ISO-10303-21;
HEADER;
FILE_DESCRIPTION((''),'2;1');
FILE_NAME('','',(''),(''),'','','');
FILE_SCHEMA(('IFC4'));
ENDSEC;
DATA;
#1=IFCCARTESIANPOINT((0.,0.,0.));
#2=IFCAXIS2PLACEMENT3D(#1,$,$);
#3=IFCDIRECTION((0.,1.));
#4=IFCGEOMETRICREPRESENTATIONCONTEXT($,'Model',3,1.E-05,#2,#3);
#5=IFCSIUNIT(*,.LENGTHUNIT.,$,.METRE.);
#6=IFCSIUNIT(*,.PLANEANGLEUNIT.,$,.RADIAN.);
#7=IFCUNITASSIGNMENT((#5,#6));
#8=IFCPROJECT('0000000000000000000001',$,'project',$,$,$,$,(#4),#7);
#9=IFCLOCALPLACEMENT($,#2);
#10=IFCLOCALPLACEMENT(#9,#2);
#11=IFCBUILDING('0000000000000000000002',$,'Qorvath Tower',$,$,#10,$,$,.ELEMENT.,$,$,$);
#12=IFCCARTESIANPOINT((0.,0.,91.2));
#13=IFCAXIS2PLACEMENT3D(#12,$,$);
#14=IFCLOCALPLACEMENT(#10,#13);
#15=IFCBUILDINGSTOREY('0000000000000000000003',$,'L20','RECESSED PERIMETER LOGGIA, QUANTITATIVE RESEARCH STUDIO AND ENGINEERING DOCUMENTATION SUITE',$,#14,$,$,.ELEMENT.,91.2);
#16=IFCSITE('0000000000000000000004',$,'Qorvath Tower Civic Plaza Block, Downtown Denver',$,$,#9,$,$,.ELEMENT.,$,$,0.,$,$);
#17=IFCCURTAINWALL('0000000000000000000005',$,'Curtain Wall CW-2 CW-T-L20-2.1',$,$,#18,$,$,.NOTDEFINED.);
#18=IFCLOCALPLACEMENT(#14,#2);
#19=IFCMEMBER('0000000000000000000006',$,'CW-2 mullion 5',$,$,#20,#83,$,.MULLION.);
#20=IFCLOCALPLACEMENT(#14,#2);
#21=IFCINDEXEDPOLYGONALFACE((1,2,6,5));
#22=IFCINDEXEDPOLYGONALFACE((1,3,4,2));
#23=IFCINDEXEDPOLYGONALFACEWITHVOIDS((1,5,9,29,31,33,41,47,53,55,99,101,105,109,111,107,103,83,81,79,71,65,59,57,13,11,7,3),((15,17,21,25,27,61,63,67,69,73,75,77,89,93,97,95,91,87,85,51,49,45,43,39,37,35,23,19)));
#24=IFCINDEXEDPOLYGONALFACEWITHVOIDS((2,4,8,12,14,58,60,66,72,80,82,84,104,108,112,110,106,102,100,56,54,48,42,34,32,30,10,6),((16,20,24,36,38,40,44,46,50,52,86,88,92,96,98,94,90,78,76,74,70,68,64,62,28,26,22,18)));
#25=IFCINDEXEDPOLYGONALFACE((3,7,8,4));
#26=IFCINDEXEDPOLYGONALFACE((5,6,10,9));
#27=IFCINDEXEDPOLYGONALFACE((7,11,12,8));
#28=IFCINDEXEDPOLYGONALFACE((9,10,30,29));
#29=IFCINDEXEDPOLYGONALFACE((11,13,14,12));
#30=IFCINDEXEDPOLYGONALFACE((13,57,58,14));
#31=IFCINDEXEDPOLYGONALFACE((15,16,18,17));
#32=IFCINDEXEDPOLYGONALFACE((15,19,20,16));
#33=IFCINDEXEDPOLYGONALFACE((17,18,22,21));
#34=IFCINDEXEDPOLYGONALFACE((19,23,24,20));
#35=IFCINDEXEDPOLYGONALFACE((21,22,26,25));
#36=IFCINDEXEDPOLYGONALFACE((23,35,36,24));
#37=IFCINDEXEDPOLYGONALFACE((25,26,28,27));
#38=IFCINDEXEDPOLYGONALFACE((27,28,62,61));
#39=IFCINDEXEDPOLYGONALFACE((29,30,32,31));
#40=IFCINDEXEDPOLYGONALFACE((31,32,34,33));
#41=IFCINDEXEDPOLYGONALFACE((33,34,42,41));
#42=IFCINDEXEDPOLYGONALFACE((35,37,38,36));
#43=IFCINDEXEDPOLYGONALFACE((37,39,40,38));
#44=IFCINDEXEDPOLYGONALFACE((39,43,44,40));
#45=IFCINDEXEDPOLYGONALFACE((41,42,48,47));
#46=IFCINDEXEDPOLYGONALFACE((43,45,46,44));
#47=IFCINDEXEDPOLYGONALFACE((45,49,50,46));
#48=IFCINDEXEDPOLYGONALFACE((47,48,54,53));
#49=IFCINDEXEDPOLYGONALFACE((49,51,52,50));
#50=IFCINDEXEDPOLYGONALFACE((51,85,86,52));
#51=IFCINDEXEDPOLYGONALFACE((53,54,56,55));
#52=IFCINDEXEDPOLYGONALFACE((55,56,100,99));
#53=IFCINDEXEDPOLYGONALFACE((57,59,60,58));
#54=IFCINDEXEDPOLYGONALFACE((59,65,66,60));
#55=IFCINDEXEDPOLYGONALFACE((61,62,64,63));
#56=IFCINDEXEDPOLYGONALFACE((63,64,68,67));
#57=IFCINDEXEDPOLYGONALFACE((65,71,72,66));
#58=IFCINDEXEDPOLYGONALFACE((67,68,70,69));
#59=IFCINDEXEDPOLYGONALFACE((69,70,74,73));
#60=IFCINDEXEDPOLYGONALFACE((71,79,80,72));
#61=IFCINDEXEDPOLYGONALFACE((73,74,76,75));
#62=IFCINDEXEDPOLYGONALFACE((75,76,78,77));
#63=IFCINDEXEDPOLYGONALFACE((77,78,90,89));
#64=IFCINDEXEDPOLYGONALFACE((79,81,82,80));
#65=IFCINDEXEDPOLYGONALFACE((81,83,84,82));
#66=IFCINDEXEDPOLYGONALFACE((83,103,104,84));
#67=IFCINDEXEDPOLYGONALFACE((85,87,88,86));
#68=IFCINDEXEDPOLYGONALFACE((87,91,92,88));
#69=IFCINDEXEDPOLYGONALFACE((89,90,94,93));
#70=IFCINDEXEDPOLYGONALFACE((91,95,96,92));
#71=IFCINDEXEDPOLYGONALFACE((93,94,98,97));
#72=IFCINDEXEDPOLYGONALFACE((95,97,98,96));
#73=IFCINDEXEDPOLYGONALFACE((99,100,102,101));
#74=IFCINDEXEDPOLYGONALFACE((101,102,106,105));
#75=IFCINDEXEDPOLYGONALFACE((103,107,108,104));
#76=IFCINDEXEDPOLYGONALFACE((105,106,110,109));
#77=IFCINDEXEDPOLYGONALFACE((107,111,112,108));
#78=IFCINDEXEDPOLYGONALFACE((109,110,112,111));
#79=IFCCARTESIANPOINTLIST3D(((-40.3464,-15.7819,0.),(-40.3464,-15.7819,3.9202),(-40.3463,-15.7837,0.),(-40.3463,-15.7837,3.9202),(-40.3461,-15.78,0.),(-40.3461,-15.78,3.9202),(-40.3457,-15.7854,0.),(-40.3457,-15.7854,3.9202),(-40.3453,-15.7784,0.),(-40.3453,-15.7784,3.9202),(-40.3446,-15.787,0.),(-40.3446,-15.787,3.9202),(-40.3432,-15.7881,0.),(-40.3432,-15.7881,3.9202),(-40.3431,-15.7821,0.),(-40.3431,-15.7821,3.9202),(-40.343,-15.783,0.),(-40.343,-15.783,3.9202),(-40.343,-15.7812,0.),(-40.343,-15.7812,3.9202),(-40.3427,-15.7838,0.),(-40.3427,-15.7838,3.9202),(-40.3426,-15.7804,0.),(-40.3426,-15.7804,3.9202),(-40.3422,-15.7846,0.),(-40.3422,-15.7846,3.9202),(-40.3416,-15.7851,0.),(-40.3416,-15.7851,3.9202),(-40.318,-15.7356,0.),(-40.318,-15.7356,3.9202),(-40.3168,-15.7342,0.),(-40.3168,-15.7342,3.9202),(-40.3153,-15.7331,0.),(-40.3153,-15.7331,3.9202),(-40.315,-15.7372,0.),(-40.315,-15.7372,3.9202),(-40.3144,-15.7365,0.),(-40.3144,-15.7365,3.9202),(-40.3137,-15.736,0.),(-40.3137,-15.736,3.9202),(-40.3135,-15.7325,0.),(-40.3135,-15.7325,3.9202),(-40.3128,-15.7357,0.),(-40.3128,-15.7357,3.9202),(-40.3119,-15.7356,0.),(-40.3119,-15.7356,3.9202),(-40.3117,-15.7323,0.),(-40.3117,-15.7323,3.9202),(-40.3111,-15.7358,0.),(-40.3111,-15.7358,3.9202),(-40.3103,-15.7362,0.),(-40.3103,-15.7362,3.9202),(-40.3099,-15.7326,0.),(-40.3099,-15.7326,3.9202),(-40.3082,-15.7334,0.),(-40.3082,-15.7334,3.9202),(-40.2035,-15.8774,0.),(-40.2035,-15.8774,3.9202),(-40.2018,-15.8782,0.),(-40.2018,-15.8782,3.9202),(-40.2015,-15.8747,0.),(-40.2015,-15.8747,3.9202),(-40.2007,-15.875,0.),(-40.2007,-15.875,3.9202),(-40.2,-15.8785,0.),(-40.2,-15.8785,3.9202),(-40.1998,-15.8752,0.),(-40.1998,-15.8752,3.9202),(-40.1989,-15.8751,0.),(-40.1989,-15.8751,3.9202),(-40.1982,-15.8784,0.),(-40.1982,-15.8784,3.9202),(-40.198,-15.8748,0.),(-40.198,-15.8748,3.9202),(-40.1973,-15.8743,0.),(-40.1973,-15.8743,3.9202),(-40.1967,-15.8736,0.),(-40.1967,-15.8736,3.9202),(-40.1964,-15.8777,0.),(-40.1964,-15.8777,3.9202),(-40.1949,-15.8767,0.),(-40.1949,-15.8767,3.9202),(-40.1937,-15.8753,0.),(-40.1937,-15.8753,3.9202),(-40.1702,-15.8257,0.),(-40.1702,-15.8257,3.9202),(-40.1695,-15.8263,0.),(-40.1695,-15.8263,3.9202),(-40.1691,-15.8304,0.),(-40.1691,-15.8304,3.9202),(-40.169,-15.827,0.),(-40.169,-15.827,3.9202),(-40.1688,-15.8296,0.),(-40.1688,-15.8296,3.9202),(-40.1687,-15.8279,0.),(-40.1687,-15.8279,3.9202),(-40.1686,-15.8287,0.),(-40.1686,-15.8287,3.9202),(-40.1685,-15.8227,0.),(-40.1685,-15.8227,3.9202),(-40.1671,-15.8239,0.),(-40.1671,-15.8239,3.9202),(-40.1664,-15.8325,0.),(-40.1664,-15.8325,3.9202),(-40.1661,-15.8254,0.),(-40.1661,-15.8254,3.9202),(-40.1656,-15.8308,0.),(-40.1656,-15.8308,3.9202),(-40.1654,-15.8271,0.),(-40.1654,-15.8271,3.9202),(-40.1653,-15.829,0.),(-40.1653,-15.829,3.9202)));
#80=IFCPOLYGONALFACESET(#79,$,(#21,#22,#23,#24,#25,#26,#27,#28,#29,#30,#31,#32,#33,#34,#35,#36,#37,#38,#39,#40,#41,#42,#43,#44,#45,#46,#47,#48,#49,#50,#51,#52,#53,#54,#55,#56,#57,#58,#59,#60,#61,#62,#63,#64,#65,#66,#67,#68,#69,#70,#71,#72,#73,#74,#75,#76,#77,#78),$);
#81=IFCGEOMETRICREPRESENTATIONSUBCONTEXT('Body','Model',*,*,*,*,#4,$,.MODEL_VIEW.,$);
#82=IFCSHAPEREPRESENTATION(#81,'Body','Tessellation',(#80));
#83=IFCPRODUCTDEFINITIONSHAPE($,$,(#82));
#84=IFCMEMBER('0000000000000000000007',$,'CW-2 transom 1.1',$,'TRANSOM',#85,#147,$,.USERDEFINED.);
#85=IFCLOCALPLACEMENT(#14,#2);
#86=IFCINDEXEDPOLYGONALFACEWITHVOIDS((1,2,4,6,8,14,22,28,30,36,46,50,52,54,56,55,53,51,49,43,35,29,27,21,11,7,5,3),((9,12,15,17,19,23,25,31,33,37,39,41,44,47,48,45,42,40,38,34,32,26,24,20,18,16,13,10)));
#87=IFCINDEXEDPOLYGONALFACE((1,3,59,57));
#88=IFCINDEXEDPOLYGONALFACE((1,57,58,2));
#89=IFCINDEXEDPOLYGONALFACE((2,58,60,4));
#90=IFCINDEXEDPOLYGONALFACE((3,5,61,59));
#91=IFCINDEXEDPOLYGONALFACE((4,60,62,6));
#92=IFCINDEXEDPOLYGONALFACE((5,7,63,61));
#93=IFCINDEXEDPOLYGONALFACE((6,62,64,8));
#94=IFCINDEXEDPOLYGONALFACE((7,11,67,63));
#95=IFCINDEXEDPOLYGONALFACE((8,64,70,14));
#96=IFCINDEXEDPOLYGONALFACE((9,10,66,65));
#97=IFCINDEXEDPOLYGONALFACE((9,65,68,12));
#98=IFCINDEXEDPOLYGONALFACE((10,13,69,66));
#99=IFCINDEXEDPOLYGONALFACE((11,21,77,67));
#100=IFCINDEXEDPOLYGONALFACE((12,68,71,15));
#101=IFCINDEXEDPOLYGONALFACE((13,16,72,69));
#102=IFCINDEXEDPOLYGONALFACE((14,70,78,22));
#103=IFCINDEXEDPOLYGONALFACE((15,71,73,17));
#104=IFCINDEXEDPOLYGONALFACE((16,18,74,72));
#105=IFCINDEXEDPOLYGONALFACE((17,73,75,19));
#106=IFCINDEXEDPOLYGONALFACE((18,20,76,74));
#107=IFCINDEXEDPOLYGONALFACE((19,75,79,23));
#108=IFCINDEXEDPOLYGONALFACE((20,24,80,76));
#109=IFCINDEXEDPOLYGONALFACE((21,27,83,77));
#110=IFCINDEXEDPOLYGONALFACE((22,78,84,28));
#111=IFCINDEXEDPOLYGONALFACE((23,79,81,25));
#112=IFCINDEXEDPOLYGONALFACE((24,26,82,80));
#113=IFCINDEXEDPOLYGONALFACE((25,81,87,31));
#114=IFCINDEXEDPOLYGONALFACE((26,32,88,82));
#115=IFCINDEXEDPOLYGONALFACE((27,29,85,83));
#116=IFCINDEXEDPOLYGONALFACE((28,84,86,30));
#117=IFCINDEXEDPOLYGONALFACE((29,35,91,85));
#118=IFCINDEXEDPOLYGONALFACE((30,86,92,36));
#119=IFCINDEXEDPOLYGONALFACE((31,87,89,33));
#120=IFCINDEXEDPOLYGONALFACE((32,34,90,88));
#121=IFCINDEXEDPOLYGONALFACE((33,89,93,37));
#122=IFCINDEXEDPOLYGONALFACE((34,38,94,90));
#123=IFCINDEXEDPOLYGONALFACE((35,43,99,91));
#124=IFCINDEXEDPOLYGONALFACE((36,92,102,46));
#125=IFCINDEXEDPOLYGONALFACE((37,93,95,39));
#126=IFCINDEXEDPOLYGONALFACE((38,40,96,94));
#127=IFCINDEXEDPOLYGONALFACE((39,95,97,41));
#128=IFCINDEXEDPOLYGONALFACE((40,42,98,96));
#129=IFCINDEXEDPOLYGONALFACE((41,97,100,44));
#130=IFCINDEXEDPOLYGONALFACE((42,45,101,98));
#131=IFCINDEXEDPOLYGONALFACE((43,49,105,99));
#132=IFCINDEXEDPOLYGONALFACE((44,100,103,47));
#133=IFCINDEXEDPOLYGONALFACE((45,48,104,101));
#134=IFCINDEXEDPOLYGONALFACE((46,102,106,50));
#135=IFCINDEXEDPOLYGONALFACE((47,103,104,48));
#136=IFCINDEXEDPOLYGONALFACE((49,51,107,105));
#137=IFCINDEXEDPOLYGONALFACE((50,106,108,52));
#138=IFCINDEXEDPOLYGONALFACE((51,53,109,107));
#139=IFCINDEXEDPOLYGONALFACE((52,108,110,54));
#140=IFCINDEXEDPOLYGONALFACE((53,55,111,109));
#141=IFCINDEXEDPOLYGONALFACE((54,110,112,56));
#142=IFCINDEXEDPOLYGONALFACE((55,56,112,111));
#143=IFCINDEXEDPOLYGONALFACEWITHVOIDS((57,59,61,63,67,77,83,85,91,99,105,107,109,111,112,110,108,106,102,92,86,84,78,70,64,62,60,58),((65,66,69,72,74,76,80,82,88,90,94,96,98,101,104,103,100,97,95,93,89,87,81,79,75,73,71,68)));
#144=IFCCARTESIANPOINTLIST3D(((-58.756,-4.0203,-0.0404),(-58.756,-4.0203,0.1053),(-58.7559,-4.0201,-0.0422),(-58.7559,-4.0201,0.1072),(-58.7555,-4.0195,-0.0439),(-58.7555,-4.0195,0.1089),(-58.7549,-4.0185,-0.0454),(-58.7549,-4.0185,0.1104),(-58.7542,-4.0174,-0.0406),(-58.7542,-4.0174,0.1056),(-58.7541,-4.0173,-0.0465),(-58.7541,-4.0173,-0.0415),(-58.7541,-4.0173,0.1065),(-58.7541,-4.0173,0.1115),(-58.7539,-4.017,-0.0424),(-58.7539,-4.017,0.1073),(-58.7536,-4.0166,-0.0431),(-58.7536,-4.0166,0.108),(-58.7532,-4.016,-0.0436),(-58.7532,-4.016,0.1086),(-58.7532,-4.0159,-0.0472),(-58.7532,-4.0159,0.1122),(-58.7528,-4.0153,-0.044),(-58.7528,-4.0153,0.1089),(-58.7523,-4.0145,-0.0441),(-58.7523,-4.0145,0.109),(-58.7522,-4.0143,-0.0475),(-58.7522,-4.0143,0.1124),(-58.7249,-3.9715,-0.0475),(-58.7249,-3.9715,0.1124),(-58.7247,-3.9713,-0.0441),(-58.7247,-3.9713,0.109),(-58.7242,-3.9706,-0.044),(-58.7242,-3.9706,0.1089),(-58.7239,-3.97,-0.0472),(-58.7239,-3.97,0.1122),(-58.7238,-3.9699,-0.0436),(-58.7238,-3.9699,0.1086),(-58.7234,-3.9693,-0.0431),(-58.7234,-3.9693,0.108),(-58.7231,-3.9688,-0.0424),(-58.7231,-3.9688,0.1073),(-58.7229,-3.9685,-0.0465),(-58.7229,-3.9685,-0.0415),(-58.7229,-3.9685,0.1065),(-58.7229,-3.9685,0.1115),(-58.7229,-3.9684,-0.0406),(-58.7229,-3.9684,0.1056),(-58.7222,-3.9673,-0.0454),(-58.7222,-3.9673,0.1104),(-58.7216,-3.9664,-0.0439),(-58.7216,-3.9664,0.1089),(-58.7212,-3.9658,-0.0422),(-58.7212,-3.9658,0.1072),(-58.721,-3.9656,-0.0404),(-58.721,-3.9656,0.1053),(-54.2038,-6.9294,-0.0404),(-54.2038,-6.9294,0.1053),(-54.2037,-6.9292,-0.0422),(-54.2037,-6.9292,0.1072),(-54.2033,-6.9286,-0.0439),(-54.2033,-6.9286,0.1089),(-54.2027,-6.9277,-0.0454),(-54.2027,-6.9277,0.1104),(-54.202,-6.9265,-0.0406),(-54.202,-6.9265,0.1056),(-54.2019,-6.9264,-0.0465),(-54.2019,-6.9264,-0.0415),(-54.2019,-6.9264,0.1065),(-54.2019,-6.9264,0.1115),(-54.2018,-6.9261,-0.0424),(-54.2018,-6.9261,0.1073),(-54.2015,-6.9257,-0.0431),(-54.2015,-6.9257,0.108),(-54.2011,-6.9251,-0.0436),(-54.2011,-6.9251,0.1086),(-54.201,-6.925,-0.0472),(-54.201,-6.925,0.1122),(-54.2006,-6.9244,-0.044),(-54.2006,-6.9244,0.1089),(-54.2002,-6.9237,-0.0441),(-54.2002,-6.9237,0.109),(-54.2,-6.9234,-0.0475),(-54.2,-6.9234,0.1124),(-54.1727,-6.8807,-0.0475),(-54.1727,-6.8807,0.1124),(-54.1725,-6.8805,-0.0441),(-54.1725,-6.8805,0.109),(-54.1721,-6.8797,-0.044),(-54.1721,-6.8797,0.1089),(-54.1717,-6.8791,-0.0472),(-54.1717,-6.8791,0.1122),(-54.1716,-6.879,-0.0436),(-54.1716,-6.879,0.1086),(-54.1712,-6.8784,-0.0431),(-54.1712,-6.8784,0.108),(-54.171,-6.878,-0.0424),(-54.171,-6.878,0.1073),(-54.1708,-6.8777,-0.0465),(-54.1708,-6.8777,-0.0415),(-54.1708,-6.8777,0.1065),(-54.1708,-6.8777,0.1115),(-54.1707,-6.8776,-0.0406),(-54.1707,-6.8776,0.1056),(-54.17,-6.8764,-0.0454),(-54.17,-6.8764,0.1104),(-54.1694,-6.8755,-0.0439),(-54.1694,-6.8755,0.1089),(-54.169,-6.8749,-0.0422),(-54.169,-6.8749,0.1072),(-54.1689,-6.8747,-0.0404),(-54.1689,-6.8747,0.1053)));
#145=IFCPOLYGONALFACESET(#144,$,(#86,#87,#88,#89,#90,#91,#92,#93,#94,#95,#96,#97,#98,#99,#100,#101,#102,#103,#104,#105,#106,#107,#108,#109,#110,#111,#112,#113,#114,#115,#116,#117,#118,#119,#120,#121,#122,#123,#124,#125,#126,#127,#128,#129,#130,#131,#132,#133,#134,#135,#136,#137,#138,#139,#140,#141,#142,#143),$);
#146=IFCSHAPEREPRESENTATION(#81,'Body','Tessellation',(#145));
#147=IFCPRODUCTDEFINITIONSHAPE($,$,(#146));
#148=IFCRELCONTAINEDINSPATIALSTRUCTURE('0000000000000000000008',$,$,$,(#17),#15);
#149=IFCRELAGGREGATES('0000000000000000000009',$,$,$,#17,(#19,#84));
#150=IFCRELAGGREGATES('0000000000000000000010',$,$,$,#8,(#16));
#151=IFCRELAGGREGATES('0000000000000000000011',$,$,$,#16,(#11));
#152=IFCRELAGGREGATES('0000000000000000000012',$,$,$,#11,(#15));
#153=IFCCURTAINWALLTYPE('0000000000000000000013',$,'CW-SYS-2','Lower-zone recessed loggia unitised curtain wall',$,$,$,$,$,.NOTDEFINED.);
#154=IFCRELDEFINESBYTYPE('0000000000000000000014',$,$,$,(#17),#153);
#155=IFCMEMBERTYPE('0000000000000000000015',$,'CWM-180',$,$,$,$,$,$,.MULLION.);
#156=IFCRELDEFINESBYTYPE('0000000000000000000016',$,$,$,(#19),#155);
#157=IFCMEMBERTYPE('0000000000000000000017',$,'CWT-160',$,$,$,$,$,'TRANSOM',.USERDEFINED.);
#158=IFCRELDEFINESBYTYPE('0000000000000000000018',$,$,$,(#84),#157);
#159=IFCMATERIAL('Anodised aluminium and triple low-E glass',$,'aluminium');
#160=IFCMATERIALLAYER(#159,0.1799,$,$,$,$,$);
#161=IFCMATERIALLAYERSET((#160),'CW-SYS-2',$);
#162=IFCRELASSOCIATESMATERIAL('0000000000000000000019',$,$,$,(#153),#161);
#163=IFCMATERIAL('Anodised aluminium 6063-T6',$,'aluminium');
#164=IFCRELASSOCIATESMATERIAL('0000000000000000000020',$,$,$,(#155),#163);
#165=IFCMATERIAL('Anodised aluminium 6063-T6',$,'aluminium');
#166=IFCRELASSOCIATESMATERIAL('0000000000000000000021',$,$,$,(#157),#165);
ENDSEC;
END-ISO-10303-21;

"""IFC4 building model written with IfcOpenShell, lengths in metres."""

from ifc_helpers import new_model, si_unit, direction, frame, origin, origin_2d, place, context, subcontext, project, spatial, hollow_rectangle, extrude, material, layer, layer_set, material_profile, profile_set, type_object, element, aggregate, save


model = new_model("IFC4")

# Units and contexts
model_context = context("Model", 3, precision=1e-05, world=origin(), true_north=direction((0.0, 1.0)))
body_context = subcontext(model_context, "Body", "Model", "MODEL_VIEW")
ifc_project = project(units=[si_unit("LENGTHUNIT", "METRE"), si_unit("PLANEANGLEUNIT", "RADIAN")], contexts=[model_context])

# Site, building, storey
site_placement = place(None, origin())
site = spatial("IfcSite", under=ifc_project, at=site_placement, Name="Qorvath Tower Civic Plaza Block, Downtown Denver", CompositionType="ELEMENT", RefElevation=0.0)
building_placement = place(site_placement, origin())
building = spatial("IfcBuilding", under=site, at=building_placement, Name="Qorvath Tower", CompositionType="ELEMENT")
storey_placement = place(building_placement, frame((0.0, 0.0, 91.2)))
storey = spatial("IfcBuildingStorey", under=building, at=storey_placement, Name="L20", Description="RECESSED PERIMETER LOGGIA, QUANTITATIVE RESEARCH STUDIO AND ENGINEERING DOCUMENTATION SUITE", CompositionType="ELEMENT", Elevation=91.2)

# Curtain wall, members
ifc_material_1 = material(Name="Anodised aluminium and triple low-E glass", Category="aluminium")
ifc_layer_1 = layer(ifc_material_1, 0.1799)
ifc_layer_set_1 = layer_set([ifc_layer_1], Name="CW-SYS-2")
curtain_wall_type = type_object("IfcCurtainWallType", Name="CW-SYS-2", Description="Lower-zone recessed loggia unitised curtain wall", PredefinedType="NOTDEFINED", material=ifc_layer_set_1)
curtain_wall_placement = place(storey_placement, origin())
curtain_wall = element("IfcCurtainWall", 1, at=curtain_wall_placement, inside=storey, type_object=curtain_wall_type, Name="Curtain Wall CW-2 CW-T-L20-2.1", PredefinedType="NOTDEFINED")
ifc_material_2 = material(Name="Anodised aluminium 6063-T6", Category="aluminium")
ifc_material_profile_1 = material_profile(ifc_material_2, hollow_rectangle(XDim=0.0649, YDim=0.1799, WallThickness=0.0034, InnerFilletRadius=0.0034, OuterFilletRadius=0.0071, at=origin_2d()), Name="CWM 180x65")
ifc_profile_set_1 = profile_set([ifc_material_profile_1], Name="Anodised aluminium 6063-T6")
member_type_1 = type_object("IfcMemberType", Name="CWM-180", PredefinedType="MULLION", material=ifc_profile_set_1)
member_1_placement = place(storey_placement, frame((-40.2559, -15.8054, 0.0), z_axis=(0.0, 0.0, 1.0), x_axis=(0.538529, 0.842607, 0.0)))
member_1 = element("IfcMember", 2, at=member_1_placement, type_object=member_type_1, Name="CW-2 mullion 5", PredefinedType="MULLION", context=body_context, shape_type="SweptSolid", body=[
    extrude(hollow_rectangle(XDim=0.0649, YDim=0.1799, WallThickness=0.0034, InnerFilletRadius=0.0034, OuterFilletRadius=0.0071, at=origin_2d()), origin(), (0.0, 0.0, 1.0), 3.9202),
])
ifc_material_3 = material(Name="Anodised aluminium 6063-T6", Category="aluminium")
ifc_material_profile_2 = material_profile(ifc_material_3, hollow_rectangle(XDim=0.0649, YDim=0.1599, WallThickness=0.0034, InnerFilletRadius=0.0034, OuterFilletRadius=0.0071, at=origin_2d()), Name="CWT 160x65")
ifc_profile_set_2 = profile_set([ifc_material_profile_2], Name="Anodised aluminium 6063-T6")
member_type_2 = type_object("IfcMemberType", Name="CWT-160", ElementType="TRANSOM", PredefinedType="USERDEFINED", material=ifc_profile_set_2)
member_2_placement = place(storey_placement, frame((-58.7385, -3.9929, 0.0325), z_axis=(0.842629, -0.538494, 0.0), x_axis=(0.538494, 0.842629, 0.0)))
member_2 = element("IfcMember", 3, at=member_2_placement, type_object=member_type_2, Name="CW-2 transom 1.1", ObjectType="TRANSOM", PredefinedType="USERDEFINED", context=body_context, shape_type="SweptSolid", body=[
    extrude(hollow_rectangle(XDim=0.0649, YDim=0.1599, WallThickness=0.0034, InnerFilletRadius=0.0034, OuterFilletRadius=0.0071, at=origin_2d()), origin(), (0.0, 0.0, 1.0), 5.4023),
])
aggregate(curtain_wall, [member_1, member_2])

save(model, "model.ifc")
